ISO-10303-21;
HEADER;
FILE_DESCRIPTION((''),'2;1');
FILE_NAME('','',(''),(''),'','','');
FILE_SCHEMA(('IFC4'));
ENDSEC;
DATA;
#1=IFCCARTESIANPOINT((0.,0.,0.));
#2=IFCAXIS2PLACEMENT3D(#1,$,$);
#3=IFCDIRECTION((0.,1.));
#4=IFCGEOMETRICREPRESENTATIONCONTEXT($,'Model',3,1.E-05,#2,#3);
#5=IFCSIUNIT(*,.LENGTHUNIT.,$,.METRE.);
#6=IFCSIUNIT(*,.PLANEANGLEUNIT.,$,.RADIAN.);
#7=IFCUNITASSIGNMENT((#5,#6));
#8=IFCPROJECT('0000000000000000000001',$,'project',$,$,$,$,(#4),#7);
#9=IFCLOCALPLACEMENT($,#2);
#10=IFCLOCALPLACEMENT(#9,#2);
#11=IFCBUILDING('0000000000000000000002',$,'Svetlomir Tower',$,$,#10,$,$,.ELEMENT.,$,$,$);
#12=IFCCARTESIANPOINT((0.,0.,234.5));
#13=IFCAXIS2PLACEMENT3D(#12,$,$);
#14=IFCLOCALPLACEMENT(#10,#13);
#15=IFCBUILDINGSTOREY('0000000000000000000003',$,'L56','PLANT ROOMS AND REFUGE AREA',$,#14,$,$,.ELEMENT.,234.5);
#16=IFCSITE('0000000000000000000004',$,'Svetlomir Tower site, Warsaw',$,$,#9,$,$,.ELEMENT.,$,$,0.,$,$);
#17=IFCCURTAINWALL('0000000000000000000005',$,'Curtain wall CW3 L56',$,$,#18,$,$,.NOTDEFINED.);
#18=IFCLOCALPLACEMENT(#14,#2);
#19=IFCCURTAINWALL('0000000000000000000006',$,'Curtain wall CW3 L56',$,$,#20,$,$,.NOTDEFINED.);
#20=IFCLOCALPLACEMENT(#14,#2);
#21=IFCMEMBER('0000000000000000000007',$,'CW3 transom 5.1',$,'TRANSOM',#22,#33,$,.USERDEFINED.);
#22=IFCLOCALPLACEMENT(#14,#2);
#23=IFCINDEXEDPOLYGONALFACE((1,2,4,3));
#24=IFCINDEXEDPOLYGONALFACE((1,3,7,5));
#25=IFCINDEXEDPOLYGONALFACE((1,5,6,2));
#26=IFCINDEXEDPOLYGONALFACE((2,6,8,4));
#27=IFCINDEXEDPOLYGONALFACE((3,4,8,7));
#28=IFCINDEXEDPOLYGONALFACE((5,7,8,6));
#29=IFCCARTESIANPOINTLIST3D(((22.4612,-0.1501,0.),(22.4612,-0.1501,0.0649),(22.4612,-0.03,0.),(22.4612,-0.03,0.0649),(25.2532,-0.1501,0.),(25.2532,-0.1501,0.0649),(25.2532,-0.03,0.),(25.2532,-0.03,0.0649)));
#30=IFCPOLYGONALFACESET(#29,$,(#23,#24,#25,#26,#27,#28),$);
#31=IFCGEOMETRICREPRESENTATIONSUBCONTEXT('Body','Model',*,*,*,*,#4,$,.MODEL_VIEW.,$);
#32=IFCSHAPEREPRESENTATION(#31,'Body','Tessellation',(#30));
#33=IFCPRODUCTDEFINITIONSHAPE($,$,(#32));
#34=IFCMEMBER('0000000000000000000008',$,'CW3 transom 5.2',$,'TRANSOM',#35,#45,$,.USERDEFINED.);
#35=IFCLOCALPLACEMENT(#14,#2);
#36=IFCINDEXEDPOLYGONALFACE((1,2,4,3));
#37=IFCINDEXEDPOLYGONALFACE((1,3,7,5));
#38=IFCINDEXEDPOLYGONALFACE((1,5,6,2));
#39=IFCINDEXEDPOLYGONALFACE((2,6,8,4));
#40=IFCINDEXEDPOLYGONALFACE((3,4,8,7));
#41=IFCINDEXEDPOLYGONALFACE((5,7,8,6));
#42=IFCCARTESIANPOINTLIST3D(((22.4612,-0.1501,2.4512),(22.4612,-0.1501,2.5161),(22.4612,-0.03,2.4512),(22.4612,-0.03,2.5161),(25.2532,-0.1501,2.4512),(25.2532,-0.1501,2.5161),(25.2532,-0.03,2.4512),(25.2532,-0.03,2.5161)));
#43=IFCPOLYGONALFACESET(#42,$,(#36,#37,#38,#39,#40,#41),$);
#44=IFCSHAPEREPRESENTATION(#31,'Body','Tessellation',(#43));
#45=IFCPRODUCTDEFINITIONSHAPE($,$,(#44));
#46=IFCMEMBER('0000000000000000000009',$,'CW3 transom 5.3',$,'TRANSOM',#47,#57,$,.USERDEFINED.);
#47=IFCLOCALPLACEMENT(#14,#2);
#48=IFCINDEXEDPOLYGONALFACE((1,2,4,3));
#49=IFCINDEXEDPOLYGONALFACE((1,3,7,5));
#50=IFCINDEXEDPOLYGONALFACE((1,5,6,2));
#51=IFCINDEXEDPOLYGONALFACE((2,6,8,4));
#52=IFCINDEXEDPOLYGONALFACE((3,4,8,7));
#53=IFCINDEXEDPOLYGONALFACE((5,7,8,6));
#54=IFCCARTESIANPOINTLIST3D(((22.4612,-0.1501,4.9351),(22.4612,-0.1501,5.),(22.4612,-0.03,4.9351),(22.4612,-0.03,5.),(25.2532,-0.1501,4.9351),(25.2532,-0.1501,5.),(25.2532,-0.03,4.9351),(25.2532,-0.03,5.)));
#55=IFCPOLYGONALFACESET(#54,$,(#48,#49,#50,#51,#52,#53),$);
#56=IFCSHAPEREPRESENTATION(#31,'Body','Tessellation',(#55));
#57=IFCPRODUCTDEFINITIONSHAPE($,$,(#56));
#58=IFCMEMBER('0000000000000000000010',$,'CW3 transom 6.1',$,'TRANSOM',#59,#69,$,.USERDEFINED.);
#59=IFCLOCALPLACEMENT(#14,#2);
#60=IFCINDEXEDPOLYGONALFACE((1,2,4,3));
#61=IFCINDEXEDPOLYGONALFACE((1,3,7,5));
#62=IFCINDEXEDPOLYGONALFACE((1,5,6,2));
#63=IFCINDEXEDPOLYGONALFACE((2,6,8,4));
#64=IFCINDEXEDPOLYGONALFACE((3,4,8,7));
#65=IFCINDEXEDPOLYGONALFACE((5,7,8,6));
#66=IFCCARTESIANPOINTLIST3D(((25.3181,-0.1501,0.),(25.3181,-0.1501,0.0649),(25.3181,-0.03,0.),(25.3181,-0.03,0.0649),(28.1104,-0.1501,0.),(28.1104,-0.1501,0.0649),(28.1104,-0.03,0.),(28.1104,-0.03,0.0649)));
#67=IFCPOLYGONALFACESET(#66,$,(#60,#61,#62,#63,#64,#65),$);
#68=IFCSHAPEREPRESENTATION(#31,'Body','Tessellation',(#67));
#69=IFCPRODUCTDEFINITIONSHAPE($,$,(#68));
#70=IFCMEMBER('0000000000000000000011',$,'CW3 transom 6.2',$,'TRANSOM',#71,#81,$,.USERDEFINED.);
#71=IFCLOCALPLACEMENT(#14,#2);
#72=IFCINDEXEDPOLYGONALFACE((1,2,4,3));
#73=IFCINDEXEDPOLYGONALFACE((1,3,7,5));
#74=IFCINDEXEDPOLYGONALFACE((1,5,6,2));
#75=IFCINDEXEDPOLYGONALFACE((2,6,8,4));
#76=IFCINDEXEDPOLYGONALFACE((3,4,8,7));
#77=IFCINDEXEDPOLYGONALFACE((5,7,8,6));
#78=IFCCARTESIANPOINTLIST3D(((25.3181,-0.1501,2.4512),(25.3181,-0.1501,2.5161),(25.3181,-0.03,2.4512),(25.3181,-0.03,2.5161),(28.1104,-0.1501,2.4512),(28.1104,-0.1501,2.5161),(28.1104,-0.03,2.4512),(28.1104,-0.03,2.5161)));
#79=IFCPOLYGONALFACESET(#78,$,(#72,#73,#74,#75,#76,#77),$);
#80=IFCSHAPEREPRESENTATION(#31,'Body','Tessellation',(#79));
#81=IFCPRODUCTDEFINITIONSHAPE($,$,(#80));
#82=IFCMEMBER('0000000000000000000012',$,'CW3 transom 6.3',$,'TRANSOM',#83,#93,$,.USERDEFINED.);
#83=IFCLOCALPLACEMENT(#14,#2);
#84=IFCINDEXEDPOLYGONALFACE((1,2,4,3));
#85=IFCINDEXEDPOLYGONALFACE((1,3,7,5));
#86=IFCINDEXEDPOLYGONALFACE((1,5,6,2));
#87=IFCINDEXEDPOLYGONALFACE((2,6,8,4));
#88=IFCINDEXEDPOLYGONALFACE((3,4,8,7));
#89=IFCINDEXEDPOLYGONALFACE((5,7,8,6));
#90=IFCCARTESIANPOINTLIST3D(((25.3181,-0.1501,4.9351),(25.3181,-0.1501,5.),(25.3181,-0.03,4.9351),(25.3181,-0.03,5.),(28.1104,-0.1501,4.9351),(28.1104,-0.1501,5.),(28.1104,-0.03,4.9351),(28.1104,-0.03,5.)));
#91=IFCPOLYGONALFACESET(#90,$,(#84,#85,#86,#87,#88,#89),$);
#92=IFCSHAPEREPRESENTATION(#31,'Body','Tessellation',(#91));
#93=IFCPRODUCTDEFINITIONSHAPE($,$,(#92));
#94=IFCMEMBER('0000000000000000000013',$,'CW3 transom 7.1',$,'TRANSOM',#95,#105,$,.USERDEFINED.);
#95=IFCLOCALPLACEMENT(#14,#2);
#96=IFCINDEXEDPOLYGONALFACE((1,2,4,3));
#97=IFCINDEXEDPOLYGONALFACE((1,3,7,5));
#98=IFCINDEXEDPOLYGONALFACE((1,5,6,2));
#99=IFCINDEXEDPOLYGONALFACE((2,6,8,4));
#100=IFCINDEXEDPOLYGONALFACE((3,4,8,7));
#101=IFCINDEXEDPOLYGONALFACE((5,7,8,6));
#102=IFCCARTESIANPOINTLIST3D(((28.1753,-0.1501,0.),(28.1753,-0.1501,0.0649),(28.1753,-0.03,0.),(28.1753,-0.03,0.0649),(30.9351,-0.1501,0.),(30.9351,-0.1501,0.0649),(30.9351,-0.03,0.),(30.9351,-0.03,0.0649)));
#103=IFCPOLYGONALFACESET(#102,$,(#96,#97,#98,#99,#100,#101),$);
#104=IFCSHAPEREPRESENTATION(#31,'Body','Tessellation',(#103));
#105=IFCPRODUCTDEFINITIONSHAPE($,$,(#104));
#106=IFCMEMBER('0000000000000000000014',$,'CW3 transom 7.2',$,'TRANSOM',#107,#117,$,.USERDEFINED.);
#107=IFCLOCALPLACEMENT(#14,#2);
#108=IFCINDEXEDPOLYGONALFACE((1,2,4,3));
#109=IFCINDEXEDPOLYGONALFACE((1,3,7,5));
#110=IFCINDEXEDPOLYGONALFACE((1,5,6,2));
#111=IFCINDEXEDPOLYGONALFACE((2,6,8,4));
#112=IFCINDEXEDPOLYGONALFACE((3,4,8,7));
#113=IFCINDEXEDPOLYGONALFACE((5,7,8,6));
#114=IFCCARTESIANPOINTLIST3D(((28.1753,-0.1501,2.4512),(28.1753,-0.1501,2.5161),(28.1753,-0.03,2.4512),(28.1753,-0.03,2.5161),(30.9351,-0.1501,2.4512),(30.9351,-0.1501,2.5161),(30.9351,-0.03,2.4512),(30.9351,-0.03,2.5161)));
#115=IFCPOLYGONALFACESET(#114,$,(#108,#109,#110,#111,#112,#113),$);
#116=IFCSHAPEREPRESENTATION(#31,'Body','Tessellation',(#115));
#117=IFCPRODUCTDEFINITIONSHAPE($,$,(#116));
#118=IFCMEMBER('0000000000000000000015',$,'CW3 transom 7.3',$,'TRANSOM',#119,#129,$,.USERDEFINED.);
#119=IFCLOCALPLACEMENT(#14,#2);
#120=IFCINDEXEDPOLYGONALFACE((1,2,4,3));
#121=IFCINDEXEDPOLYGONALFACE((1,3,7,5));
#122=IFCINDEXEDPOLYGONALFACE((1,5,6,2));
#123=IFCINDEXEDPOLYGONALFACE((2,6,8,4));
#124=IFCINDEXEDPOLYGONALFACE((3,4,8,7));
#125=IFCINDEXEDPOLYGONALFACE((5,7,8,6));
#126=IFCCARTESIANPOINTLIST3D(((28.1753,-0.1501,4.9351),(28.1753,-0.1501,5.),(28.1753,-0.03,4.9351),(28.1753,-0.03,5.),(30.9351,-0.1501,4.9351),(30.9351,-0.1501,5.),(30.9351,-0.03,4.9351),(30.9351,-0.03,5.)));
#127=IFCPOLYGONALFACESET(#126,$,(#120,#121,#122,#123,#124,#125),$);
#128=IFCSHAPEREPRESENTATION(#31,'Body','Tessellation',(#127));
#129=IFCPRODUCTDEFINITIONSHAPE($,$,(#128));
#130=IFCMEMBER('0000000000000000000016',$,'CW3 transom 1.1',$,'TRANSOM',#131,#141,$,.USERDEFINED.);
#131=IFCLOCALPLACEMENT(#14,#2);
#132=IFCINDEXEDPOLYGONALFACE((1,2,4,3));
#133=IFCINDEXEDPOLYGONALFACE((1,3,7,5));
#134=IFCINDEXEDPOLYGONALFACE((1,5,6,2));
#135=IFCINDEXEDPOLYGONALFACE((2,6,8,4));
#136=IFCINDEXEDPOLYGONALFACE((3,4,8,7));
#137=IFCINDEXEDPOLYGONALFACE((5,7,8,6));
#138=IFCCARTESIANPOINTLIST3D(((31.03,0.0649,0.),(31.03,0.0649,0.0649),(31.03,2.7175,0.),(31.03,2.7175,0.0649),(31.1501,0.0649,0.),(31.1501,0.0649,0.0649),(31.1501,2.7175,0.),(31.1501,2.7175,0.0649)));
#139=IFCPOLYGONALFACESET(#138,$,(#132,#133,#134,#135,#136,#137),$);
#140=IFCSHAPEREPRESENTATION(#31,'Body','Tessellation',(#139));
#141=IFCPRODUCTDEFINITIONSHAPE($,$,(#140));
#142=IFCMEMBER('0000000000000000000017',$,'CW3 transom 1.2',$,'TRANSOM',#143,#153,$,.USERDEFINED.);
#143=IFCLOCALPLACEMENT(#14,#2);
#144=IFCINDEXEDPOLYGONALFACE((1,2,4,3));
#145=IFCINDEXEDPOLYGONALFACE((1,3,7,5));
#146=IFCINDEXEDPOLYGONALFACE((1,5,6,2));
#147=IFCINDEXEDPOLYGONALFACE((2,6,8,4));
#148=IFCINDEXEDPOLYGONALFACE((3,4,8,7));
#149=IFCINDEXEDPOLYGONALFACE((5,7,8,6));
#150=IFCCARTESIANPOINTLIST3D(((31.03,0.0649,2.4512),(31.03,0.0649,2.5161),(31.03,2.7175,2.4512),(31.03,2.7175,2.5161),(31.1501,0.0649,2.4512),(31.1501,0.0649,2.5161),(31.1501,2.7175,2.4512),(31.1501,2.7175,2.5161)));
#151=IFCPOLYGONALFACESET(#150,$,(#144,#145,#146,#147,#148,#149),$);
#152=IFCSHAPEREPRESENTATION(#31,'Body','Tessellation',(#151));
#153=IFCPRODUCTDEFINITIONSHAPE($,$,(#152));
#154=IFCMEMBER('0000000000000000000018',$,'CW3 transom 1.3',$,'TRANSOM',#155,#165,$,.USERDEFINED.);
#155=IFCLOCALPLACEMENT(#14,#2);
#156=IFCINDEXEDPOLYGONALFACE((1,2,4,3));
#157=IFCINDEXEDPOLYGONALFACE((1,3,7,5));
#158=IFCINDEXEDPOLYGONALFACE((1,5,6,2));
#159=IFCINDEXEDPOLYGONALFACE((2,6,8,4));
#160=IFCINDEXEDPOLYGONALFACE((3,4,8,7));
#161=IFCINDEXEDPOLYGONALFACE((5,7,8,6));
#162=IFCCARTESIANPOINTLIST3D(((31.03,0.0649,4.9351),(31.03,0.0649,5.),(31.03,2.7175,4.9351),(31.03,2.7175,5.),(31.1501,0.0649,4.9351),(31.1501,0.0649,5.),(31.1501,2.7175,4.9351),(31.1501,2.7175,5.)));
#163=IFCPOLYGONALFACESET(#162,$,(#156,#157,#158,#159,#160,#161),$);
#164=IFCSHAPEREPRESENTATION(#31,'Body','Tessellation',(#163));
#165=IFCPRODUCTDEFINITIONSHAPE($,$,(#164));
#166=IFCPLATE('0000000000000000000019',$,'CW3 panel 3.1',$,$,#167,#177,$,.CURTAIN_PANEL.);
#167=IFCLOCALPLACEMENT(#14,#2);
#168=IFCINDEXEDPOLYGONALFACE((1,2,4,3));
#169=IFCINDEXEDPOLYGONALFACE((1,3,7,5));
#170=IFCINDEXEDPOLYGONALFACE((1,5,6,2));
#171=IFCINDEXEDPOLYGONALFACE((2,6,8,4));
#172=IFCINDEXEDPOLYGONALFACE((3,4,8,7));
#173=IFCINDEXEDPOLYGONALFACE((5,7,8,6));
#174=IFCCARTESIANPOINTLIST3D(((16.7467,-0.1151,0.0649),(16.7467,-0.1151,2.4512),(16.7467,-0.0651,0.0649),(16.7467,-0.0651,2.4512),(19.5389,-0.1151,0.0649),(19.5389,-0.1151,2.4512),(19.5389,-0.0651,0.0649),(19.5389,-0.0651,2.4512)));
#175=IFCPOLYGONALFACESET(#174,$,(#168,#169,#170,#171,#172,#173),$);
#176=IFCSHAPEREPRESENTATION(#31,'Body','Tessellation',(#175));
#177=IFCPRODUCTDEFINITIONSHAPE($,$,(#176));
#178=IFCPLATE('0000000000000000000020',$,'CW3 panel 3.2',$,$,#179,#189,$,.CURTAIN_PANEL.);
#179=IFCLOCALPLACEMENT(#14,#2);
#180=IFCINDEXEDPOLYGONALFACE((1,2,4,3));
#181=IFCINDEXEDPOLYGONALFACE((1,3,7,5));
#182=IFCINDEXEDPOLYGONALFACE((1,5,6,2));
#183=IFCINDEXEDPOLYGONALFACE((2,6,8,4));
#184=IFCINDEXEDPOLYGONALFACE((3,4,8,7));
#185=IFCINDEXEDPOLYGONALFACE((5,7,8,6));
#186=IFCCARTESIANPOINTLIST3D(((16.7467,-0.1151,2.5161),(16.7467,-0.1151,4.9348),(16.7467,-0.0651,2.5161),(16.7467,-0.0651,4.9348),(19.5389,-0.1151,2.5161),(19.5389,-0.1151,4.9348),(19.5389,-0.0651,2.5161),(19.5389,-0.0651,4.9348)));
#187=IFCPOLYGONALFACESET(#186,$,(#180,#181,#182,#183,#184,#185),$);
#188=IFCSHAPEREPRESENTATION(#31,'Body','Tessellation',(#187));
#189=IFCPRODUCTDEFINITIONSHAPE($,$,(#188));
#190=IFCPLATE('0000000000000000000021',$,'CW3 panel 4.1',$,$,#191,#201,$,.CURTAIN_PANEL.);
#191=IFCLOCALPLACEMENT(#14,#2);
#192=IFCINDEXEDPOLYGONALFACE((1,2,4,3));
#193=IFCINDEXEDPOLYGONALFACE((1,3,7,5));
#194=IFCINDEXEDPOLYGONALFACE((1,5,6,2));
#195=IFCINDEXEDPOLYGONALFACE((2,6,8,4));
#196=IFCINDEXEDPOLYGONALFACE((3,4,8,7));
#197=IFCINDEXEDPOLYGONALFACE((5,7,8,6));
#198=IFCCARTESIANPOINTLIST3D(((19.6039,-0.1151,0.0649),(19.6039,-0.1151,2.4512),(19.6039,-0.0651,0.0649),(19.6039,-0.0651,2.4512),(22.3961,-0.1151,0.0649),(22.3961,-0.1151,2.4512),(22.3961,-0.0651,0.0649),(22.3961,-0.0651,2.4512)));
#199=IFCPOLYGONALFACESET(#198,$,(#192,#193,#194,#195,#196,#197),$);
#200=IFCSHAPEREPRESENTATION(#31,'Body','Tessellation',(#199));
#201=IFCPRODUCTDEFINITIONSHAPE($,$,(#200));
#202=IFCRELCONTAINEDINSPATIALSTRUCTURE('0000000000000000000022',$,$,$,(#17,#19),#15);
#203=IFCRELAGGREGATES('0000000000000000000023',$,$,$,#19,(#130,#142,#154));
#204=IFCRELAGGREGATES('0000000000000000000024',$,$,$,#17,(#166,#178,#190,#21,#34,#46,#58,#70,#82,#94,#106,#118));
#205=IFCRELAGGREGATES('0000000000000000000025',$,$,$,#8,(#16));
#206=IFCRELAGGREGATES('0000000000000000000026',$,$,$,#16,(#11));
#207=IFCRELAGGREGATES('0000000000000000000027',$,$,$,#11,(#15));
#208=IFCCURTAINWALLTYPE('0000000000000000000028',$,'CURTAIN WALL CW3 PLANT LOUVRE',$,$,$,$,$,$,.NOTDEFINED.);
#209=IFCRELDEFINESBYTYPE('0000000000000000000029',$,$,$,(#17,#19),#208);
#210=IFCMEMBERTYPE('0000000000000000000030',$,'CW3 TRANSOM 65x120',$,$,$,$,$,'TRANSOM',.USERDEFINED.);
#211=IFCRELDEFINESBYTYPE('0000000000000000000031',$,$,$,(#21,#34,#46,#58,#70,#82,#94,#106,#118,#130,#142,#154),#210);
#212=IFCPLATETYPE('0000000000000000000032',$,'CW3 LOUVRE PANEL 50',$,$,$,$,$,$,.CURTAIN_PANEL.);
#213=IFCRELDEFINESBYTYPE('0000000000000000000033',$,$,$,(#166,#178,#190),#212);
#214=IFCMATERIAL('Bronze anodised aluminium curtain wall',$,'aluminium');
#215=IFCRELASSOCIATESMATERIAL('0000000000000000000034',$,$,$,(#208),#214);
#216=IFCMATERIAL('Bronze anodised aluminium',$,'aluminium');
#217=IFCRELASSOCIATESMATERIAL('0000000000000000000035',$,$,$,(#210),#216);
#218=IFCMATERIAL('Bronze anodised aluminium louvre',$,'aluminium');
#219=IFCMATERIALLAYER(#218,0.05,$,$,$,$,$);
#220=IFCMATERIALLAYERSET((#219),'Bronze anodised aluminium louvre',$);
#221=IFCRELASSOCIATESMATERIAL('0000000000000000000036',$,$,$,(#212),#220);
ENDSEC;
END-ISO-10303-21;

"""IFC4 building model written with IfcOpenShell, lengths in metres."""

from ifc_helpers import new_model, si_unit, direction, frame, origin, origin_2d, place, context, subcontext, project, spatial, rectangle, extrude, material, layer, layer_set, material_profile, profile_set, type_object, element, aggregate, save


model = new_model("IFC4")

# Units and contexts
model_context = context("Model", 3, precision=1e-05, world=origin(), true_north=direction((0.0, 1.0)))
body_context = subcontext(model_context, "Body", "Model", "MODEL_VIEW")
ifc_project = project(units=[si_unit("LENGTHUNIT", "METRE"), si_unit("PLANEANGLEUNIT", "RADIAN")], contexts=[model_context])

# Site, building, storey
site_placement = place(None, origin())
site = spatial("IfcSite", under=ifc_project, at=site_placement, Name="Svetlomir Tower site, Warsaw", CompositionType="ELEMENT", RefElevation=0.0)
building_placement = place(site_placement, origin())
building = spatial("IfcBuilding", under=site, at=building_placement, Name="Svetlomir Tower", CompositionType="ELEMENT")
storey_placement = place(building_placement, frame((0.0, 0.0, 234.5)))
storey = spatial("IfcBuildingStorey", under=building, at=storey_placement, Name="L56", Description="PLANT ROOMS AND REFUGE AREA", CompositionType="ELEMENT", Elevation=234.5)

# Curtain wall
ifc_material_1 = material(Name="Bronze anodised aluminium curtain wall", Category="aluminium")
curtain_wall_type = type_object("IfcCurtainWallType", Name="CURTAIN WALL CW3 PLANT LOUVRE", PredefinedType="NOTDEFINED", material=ifc_material_1)
curtain_wall_1_placement = place(storey_placement, origin())
curtain_wall_1 = element("IfcCurtainWall", 1, at=curtain_wall_1_placement, inside=storey, type_object=curtain_wall_type, Name="Curtain wall CW3 L56", PredefinedType="NOTDEFINED")

# Curtain wall
curtain_wall_2_placement = place(storey_placement, origin())
curtain_wall_2 = element("IfcCurtainWall", 2, at=curtain_wall_2_placement, inside=storey, type_object=curtain_wall_type, Name="Curtain wall CW3 L56", PredefinedType="NOTDEFINED")

# Members
ifc_material_2 = material(Name="Bronze anodised aluminium", Category="aluminium")
ifc_material_profile_1 = material_profile(ifc_material_2, rectangle(XDim=0.1201, YDim=0.0649, at=origin_2d()), Name="AL 120x65")
ifc_profile_set_1 = profile_set([ifc_material_profile_1], Name="Bronze anodised aluminium 6063-T6")
member_type_1 = type_object("IfcMemberType", Name="CW3 TRANSOM 65x120", ElementType="TRANSOM", PredefinedType="USERDEFINED", material=ifc_profile_set_1)
member_1_placement = place(storey_placement, frame((22.4612, -0.0901, 0.0325), z_axis=(1.0, 0.0, 0.0), x_axis=(0.0, 1.0, 0.0)))
member_1 = element("IfcMember", 3, at=member_1_placement, type_object=member_type_1, Name="CW3 transom 5.1", ObjectType="TRANSOM", PredefinedType="USERDEFINED", context=body_context, shape_type="SweptSolid", body=[
    extrude(rectangle(XDim=0.1201, YDim=0.0649, at=origin_2d()), origin(), (0.0, 0.0, 1.0), 2.792),
])
member_2_placement = place(storey_placement, frame((22.4612, -0.0901, 2.4836), z_axis=(1.0, 0.0, 0.0), x_axis=(0.0, 1.0, 0.0)))
member_2 = element("IfcMember", 4, at=member_2_placement, type_object=member_type_1, Name="CW3 transom 5.2", ObjectType="TRANSOM", PredefinedType="USERDEFINED", context=body_context, shape_type="SweptSolid", body=[
    extrude(rectangle(XDim=0.1201, YDim=0.0649, at=origin_2d()), origin(), (0.0, 0.0, 1.0), 2.792),
])
member_3_placement = place(storey_placement, frame((22.4612, -0.0901, 4.9675), z_axis=(1.0, 0.0, 0.0), x_axis=(0.0, 1.0, 0.0)))
member_3 = element("IfcMember", 5, at=member_3_placement, type_object=member_type_1, Name="CW3 transom 5.3", ObjectType="TRANSOM", PredefinedType="USERDEFINED", context=body_context, shape_type="SweptSolid", body=[
    extrude(rectangle(XDim=0.1201, YDim=0.0649, at=origin_2d()), origin(), (0.0, 0.0, 1.0), 2.792),
])
member_4_placement = place(storey_placement, frame((25.3181, -0.0901, 0.0325), z_axis=(1.0, 0.0, 0.0), x_axis=(0.0, 1.0, 0.0)))
member_4 = element("IfcMember", 6, at=member_4_placement, type_object=member_type_1, Name="CW3 transom 6.1", ObjectType="TRANSOM", PredefinedType="USERDEFINED", context=body_context, shape_type="SweptSolid", body=[
    extrude(rectangle(XDim=0.1201, YDim=0.0649, at=origin_2d()), origin(), (0.0, 0.0, 1.0), 2.7922),
])
member_5_placement = place(storey_placement, frame((25.3181, -0.0901, 2.4836), z_axis=(1.0, 0.0, 0.0), x_axis=(0.0, 1.0, 0.0)))
member_5 = element("IfcMember", 7, at=member_5_placement, type_object=member_type_1, Name="CW3 transom 6.2", ObjectType="TRANSOM", PredefinedType="USERDEFINED", context=body_context, shape_type="SweptSolid", body=[
    extrude(rectangle(XDim=0.1201, YDim=0.0649, at=origin_2d()), origin(), (0.0, 0.0, 1.0), 2.7922),
])
member_6_placement = place(storey_placement, frame((25.3181, -0.0901, 4.9675), z_axis=(1.0, 0.0, 0.0), x_axis=(0.0, 1.0, 0.0)))
member_6 = element("IfcMember", 8, at=member_6_placement, type_object=member_type_1, Name="CW3 transom 6.3", ObjectType="TRANSOM", PredefinedType="USERDEFINED", context=body_context, shape_type="SweptSolid", body=[
    extrude(rectangle(XDim=0.1201, YDim=0.0649, at=origin_2d()), origin(), (0.0, 0.0, 1.0), 2.7922),
])
member_7_placement = place(storey_placement, frame((28.1753, -0.0901, 0.0325), z_axis=(1.0, 0.0, 0.0), x_axis=(0.0, 1.0, 0.0)))
member_7 = element("IfcMember", 9, at=member_7_placement, type_object=member_type_1, Name="CW3 transom 7.1", ObjectType="TRANSOM", PredefinedType="USERDEFINED", context=body_context, shape_type="SweptSolid", body=[
    extrude(rectangle(XDim=0.1201, YDim=0.0649, at=origin_2d()), origin(), (0.0, 0.0, 1.0), 2.7598),
])
member_8_placement = place(storey_placement, frame((28.1753, -0.0901, 2.4836), z_axis=(1.0, 0.0, 0.0), x_axis=(0.0, 1.0, 0.0)))
member_8 = element("IfcMember", 10, at=member_8_placement, type_object=member_type_1, Name="CW3 transom 7.2", ObjectType="TRANSOM", PredefinedType="USERDEFINED", context=body_context, shape_type="SweptSolid", body=[
    extrude(rectangle(XDim=0.1201, YDim=0.0649, at=origin_2d()), origin(), (0.0, 0.0, 1.0), 2.7598),
])
member_9_placement = place(storey_placement, frame((28.1753, -0.0901, 4.9675), z_axis=(1.0, 0.0, 0.0), x_axis=(0.0, 1.0, 0.0)))
member_9 = element("IfcMember", 11, at=member_9_placement, type_object=member_type_1, Name="CW3 transom 7.3", ObjectType="TRANSOM", PredefinedType="USERDEFINED", context=body_context, shape_type="SweptSolid", body=[
    extrude(rectangle(XDim=0.1201, YDim=0.0649, at=origin_2d()), origin(), (0.0, 0.0, 1.0), 2.7598),
])
member_10_placement = place(storey_placement, frame((31.0901, 0.0649, 0.0325), z_axis=(0.0, 1.0, 0.0), x_axis=(-1.0, 0.0, 0.0)))
member_10 = element("IfcMember", 12, at=member_10_placement, type_object=member_type_1, Name="CW3 transom 1.1", ObjectType="TRANSOM", PredefinedType="USERDEFINED", context=body_context, shape_type="SweptSolid", body=[
    extrude(rectangle(XDim=0.1201, YDim=0.0649, at=origin_2d()), origin(), (0.0, 0.0, 1.0), 2.6526),
])
member_11_placement = place(storey_placement, frame((31.0901, 0.0649, 2.4836), z_axis=(0.0, 1.0, 0.0), x_axis=(-1.0, 0.0, 0.0)))
member_11 = element("IfcMember", 13, at=member_11_placement, type_object=member_type_1, Name="CW3 transom 1.2", ObjectType="TRANSOM", PredefinedType="USERDEFINED", context=body_context, shape_type="SweptSolid", body=[
    extrude(rectangle(XDim=0.1201, YDim=0.0649, at=origin_2d()), origin(), (0.0, 0.0, 1.0), 2.6526),
])
member_12_placement = place(storey_placement, frame((31.0901, 0.0649, 4.9675), z_axis=(0.0, 1.0, 0.0), x_axis=(-1.0, 0.0, 0.0)))
member_12 = element("IfcMember", 14, at=member_12_placement, type_object=member_type_1, Name="CW3 transom 1.3", ObjectType="TRANSOM", PredefinedType="USERDEFINED", context=body_context, shape_type="SweptSolid", body=[
    extrude(rectangle(XDim=0.1201, YDim=0.0649, at=origin_2d()), origin(), (0.0, 0.0, 1.0), 2.6526),
])
aggregate(curtain_wall_2, [member_10, member_11, member_12])

# Plates
ifc_material_3 = material(Name="Bronze anodised aluminium louvre", Category="aluminium")
ifc_layer = layer(ifc_material_3, 0.05)
ifc_layer_set = layer_set([ifc_layer], Name="Bronze anodised aluminium louvre")
plate_type = type_object("IfcPlateType", Name="CW3 LOUVRE PANEL 50", PredefinedType="CURTAIN_PANEL", material=ifc_layer_set)
plate_1_placement = place(storey_placement, frame((18.1428, -0.0901, 0.0649), z_axis=(0.0, 0.0, 1.0), x_axis=(1.0, 0.0, 0.0)))
plate_1 = element("IfcPlate", 15, at=plate_1_placement, type_object=plate_type, Name="CW3 panel 3.1", PredefinedType="CURTAIN_PANEL", context=body_context, shape_type="SweptSolid", body=[
    extrude(rectangle(XDim=2.7922, YDim=0.05, at=origin_2d()), origin(), (0.0, 0.0, 1.0), 2.3862),
])
plate_2_placement = place(storey_placement, frame((18.1428, -0.0901, 2.5161), z_axis=(0.0, 0.0, 1.0), x_axis=(1.0, 0.0, 0.0)))
plate_2 = element("IfcPlate", 16, at=plate_2_placement, type_object=plate_type, Name="CW3 panel 3.2", PredefinedType="CURTAIN_PANEL", context=body_context, shape_type="SweptSolid", body=[
    extrude(rectangle(XDim=2.7922, YDim=0.05, at=origin_2d()), origin(), (0.0, 0.0, 1.0), 2.4187),
])
plate_3_placement = place(storey_placement, frame((21.0, -0.0901, 0.0649), z_axis=(0.0, 0.0, 1.0), x_axis=(1.0, 0.0, 0.0)))
plate_3 = element("IfcPlate", 17, at=plate_3_placement, type_object=plate_type, Name="CW3 panel 4.1", PredefinedType="CURTAIN_PANEL", context=body_context, shape_type="SweptSolid", body=[
    extrude(rectangle(XDim=2.7922, YDim=0.05, at=origin_2d()), origin(), (0.0, 0.0, 1.0), 2.3862),
])
aggregate(curtain_wall_1, [plate_1, plate_2, plate_3, member_1, member_2, member_3, member_4, member_5, member_6, member_7, member_8, member_9])

save(model, "model.ifc")
